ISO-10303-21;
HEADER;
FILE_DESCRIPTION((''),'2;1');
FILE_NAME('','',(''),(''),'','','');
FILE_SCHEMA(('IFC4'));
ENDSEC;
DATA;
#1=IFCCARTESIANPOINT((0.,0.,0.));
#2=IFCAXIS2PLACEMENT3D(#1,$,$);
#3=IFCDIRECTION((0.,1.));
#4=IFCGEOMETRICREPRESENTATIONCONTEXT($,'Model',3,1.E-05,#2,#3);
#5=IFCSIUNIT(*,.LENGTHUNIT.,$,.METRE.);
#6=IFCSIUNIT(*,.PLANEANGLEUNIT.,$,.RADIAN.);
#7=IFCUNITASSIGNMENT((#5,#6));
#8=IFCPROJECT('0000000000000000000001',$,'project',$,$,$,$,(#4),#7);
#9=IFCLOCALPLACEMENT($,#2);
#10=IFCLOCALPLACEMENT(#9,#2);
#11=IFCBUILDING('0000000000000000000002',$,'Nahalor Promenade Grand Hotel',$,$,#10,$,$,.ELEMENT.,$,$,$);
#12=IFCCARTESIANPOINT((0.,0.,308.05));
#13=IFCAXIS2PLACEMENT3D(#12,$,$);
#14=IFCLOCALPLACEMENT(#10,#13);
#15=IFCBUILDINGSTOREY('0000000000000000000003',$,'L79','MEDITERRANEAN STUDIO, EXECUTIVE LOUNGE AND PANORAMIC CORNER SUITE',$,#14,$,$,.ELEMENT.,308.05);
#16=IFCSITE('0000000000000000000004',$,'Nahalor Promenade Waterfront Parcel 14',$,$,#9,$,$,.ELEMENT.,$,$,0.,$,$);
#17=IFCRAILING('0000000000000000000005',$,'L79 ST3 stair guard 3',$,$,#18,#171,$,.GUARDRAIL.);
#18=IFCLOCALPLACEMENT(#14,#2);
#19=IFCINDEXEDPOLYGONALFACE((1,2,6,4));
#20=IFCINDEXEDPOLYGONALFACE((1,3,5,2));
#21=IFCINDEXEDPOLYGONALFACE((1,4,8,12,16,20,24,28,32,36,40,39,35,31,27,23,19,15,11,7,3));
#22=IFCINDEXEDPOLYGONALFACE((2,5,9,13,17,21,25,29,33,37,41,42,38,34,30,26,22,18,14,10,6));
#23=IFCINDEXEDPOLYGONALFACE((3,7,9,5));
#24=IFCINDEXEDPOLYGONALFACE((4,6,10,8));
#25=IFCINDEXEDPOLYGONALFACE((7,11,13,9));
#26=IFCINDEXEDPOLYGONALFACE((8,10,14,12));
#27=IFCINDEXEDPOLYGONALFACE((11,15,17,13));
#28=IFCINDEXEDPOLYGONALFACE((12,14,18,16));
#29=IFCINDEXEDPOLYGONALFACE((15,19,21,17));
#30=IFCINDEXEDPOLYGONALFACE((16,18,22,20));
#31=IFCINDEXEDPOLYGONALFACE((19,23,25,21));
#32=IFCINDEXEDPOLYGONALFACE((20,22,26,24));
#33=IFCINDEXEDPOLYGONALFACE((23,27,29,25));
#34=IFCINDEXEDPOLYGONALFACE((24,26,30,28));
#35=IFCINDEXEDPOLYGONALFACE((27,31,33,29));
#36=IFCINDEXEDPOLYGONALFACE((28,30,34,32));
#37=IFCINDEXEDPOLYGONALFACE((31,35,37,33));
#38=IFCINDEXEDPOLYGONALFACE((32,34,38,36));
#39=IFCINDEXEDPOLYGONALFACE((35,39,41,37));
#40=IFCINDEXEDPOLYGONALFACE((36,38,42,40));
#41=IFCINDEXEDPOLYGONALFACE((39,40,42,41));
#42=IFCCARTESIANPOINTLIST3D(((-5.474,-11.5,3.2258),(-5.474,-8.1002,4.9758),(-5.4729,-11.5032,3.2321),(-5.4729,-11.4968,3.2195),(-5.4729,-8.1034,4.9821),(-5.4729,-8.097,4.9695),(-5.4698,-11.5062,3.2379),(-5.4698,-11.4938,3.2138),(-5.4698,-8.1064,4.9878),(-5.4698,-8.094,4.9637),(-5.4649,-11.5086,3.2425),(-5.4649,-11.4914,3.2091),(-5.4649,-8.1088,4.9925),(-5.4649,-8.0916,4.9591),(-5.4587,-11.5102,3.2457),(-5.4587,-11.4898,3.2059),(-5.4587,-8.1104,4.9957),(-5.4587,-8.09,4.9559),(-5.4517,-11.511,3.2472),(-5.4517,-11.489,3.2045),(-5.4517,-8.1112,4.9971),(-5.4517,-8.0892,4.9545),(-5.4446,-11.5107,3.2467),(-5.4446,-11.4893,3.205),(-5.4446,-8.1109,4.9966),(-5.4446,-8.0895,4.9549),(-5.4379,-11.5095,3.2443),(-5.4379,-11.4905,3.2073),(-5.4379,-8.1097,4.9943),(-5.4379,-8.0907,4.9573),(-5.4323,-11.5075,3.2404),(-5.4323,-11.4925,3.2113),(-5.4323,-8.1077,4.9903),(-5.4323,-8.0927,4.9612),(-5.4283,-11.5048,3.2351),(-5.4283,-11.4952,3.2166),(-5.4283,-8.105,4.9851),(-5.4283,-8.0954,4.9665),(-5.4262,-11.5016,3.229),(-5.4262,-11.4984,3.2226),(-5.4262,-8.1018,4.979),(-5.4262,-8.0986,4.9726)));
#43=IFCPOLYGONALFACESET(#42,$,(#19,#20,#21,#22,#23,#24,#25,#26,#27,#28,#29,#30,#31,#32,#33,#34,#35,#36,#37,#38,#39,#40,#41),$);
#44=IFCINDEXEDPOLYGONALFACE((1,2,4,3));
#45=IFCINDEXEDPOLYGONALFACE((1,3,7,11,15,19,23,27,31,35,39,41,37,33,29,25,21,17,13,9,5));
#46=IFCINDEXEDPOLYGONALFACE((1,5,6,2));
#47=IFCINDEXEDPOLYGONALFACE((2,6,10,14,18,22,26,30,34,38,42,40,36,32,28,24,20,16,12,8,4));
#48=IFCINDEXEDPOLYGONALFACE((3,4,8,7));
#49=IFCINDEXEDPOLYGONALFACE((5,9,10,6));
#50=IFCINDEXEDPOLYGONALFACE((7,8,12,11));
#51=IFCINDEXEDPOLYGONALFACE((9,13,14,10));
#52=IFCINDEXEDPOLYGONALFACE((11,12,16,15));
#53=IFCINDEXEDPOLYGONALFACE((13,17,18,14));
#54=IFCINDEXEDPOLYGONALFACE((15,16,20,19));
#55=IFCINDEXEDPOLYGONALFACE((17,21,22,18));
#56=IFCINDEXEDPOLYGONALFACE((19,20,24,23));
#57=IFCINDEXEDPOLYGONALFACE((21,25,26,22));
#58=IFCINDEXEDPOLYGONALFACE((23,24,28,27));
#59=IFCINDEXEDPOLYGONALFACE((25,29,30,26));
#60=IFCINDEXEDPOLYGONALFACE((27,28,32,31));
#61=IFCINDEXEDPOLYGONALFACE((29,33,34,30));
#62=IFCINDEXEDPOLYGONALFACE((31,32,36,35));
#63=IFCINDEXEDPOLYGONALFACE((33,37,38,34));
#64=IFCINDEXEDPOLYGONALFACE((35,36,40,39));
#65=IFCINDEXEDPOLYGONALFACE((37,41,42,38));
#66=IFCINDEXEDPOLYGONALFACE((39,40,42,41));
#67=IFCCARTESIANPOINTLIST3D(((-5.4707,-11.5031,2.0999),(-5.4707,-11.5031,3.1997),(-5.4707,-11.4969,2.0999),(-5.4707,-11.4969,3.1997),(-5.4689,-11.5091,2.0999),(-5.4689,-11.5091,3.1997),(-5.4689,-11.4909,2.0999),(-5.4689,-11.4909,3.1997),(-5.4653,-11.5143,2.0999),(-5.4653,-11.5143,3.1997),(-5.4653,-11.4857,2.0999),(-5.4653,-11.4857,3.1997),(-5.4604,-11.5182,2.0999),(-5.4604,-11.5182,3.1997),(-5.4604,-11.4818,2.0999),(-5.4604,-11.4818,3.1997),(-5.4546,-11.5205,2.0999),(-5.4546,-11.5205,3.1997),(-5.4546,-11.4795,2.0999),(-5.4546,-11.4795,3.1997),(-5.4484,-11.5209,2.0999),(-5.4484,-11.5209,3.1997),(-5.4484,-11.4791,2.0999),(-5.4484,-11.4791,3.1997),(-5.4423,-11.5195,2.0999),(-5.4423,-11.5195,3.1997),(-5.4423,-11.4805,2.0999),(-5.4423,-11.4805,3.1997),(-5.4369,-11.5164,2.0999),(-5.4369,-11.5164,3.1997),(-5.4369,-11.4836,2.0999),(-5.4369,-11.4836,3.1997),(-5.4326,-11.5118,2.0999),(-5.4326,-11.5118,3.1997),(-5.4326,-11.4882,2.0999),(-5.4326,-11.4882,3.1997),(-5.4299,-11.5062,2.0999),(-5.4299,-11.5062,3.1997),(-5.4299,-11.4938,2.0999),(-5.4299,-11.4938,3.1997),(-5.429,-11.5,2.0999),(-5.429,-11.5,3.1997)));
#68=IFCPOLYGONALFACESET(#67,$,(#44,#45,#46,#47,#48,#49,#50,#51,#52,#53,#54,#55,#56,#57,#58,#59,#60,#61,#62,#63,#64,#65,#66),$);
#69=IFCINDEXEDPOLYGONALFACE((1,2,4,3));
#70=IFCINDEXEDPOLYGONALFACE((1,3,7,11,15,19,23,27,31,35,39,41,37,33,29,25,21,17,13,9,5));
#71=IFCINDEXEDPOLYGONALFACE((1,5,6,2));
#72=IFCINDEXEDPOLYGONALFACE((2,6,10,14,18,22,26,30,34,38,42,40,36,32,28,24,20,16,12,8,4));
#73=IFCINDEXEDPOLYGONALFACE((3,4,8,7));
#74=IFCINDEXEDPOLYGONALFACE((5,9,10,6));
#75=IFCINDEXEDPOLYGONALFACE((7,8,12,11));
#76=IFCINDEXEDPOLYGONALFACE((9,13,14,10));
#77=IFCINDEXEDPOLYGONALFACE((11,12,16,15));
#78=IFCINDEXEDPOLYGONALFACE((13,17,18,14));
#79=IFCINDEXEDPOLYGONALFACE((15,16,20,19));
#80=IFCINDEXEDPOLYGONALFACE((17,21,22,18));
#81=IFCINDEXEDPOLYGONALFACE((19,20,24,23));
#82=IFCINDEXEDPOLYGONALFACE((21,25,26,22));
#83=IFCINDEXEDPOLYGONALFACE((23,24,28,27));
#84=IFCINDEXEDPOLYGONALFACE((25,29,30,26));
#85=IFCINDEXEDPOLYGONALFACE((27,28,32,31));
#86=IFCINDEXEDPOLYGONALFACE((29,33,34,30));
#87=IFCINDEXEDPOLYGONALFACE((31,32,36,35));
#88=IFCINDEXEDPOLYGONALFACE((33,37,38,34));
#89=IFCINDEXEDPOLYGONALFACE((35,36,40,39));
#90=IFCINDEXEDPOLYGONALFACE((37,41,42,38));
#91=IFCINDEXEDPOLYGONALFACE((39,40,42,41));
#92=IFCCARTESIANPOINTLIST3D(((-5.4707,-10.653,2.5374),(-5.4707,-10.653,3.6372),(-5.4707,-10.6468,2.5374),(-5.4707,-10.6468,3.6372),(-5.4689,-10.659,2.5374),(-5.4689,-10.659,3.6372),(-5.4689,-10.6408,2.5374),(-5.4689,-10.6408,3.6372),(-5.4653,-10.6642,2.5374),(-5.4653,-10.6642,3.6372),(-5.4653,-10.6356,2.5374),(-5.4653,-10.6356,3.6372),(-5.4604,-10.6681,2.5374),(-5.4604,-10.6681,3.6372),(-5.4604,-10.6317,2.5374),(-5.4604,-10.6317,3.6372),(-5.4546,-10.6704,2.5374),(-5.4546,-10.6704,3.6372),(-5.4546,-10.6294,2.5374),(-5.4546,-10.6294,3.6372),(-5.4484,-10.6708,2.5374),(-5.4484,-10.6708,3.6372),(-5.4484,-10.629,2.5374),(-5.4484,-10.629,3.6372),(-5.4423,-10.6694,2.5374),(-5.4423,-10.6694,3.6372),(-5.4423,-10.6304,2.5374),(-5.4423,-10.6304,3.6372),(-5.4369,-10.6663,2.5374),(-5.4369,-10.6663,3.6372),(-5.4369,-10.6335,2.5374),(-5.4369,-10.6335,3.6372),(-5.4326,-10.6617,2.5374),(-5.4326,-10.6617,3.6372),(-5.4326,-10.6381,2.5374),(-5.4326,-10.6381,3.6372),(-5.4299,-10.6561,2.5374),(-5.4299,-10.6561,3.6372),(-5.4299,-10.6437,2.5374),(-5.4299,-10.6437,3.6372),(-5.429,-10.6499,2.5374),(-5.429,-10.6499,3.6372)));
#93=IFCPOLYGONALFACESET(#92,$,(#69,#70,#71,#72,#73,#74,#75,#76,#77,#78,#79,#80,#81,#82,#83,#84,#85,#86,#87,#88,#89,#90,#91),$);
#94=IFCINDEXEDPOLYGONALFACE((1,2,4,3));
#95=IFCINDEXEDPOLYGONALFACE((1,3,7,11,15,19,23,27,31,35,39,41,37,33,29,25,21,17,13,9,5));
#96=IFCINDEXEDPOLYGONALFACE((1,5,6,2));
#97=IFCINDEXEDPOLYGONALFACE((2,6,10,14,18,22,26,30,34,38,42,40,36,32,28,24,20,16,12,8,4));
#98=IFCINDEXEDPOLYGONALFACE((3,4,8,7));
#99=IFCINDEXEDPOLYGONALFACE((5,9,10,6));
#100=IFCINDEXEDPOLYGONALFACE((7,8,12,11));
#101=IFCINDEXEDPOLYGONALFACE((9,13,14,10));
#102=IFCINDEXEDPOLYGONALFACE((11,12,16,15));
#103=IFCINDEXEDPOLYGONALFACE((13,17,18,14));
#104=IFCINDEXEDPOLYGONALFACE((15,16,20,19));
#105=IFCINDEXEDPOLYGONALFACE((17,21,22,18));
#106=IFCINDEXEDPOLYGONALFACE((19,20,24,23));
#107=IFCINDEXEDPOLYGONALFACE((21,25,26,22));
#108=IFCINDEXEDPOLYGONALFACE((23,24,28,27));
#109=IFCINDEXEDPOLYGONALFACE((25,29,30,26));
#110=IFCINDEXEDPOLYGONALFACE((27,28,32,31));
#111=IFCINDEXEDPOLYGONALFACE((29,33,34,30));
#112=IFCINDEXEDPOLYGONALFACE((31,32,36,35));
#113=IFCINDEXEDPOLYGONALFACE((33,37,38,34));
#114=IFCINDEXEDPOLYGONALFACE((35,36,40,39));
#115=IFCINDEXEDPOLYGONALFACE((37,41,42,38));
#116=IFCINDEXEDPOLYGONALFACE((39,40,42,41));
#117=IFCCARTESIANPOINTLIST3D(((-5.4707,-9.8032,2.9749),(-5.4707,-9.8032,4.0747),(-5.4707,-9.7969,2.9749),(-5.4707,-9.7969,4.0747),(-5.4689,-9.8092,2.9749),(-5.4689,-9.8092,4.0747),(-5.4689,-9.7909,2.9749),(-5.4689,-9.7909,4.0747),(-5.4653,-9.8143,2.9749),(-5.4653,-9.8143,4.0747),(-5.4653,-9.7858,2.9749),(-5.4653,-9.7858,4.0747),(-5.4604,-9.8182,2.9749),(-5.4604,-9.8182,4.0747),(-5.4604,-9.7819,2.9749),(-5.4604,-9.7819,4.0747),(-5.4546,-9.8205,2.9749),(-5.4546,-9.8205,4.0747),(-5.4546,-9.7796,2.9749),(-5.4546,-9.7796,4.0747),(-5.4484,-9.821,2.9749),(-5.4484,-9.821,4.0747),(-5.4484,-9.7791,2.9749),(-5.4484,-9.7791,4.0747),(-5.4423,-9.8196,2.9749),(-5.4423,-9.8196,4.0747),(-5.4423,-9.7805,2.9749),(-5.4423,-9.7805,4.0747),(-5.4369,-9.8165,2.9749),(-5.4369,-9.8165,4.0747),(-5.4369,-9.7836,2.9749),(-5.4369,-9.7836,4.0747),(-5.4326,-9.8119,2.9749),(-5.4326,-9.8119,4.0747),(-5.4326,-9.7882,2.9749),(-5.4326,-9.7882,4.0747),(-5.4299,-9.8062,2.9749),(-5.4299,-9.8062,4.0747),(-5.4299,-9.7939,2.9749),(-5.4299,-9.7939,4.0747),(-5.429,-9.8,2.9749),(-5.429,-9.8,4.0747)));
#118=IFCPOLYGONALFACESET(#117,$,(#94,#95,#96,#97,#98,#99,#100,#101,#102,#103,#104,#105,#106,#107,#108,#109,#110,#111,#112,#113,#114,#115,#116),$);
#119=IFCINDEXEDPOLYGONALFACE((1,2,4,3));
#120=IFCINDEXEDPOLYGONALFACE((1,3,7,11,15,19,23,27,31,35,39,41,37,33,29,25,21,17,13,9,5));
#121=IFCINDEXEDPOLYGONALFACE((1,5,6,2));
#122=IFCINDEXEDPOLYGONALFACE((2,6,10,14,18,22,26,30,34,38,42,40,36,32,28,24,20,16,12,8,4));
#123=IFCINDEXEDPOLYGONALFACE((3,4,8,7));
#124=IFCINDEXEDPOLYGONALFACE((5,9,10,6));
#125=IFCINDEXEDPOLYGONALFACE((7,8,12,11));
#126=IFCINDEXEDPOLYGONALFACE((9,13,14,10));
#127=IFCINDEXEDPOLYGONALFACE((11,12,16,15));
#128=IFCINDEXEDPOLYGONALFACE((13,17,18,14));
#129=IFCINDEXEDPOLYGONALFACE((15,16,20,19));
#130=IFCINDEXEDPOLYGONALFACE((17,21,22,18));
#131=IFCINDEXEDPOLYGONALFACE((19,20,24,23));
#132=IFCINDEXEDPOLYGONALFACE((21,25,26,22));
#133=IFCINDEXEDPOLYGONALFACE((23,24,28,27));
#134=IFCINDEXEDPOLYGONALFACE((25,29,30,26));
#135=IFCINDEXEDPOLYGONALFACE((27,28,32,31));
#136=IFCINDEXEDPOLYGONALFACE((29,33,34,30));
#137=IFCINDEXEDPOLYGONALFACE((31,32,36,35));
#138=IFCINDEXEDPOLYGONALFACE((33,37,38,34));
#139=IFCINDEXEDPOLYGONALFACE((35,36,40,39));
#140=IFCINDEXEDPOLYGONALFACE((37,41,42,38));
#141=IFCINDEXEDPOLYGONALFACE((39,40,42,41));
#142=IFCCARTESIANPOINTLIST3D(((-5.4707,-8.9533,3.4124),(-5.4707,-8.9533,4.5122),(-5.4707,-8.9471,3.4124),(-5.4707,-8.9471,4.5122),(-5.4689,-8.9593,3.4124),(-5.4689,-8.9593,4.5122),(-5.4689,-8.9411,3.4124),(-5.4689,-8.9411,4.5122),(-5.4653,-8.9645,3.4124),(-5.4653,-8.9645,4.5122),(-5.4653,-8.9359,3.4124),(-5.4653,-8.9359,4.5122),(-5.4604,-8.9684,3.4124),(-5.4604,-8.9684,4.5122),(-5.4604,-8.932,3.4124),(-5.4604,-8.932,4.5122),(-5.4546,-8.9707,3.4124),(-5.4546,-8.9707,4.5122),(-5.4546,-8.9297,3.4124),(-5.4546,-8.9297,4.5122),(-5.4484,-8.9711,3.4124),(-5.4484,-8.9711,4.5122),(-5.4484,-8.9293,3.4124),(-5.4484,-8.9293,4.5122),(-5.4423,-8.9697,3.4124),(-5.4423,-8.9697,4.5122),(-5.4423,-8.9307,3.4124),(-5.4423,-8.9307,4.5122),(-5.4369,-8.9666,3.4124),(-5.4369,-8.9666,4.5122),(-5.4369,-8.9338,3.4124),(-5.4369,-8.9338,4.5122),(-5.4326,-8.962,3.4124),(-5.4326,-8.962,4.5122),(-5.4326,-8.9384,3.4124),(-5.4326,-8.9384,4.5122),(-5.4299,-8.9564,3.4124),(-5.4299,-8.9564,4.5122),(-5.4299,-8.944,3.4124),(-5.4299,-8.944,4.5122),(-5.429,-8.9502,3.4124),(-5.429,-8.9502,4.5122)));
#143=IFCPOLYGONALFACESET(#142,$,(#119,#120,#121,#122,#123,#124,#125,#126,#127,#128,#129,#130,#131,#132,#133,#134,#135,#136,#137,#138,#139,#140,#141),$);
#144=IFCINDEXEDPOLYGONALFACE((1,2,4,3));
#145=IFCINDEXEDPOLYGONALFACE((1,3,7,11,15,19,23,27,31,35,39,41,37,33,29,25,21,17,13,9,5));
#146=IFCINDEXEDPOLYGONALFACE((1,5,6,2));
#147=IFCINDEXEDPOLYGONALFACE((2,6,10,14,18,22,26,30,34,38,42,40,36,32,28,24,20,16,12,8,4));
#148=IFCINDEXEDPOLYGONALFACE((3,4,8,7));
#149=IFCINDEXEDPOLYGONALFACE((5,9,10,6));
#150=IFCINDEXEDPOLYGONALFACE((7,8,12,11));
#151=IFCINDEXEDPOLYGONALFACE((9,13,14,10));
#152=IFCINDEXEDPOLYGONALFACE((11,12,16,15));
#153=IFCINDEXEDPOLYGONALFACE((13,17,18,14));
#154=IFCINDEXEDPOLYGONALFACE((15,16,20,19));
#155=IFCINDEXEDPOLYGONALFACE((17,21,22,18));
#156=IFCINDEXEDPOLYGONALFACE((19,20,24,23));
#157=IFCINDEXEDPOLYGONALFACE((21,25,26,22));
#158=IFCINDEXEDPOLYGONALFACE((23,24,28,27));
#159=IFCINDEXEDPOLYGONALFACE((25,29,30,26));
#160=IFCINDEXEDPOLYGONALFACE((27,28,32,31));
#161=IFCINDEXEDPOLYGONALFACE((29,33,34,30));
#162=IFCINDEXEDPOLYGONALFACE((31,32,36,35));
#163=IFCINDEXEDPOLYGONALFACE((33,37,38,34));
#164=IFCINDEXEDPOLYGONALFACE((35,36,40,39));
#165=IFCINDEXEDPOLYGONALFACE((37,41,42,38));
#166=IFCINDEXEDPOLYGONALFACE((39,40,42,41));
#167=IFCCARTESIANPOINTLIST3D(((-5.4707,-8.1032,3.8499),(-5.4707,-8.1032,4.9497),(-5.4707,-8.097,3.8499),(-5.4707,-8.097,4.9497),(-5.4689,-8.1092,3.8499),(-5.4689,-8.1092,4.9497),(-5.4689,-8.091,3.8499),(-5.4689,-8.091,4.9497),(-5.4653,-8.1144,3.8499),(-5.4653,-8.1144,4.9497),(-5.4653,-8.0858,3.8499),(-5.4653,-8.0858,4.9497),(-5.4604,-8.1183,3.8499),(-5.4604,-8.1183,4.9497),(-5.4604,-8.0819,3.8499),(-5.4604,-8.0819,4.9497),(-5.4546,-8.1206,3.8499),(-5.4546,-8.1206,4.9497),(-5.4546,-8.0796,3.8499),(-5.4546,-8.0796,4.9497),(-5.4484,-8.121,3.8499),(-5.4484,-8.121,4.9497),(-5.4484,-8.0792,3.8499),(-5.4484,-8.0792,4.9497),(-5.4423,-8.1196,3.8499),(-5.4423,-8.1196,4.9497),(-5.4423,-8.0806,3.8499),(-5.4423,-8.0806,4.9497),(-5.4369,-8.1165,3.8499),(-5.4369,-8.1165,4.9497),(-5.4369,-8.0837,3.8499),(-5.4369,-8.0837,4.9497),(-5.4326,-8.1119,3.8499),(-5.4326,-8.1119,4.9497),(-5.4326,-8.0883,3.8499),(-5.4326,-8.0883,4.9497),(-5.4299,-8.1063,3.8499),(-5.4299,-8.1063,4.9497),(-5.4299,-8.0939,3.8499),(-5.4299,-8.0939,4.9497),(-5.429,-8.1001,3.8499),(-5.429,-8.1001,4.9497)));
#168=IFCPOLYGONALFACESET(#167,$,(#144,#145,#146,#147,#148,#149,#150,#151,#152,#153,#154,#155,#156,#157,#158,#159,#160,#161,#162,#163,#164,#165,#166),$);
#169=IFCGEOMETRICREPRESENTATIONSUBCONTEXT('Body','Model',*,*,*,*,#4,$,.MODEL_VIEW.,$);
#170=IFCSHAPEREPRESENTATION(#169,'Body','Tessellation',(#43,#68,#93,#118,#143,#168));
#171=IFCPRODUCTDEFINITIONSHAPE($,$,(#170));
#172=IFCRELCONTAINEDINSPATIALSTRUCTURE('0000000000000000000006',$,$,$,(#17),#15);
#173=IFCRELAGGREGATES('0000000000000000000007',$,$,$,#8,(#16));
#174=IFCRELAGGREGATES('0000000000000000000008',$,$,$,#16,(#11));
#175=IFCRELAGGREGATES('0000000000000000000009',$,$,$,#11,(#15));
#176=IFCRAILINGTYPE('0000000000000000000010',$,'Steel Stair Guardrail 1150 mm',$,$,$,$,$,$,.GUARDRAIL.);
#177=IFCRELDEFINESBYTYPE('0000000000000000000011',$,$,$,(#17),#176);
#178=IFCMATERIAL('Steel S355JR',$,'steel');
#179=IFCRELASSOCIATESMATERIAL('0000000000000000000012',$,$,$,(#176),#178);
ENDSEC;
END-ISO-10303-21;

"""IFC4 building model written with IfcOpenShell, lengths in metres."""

from ifc_helpers import new_model, si_unit, direction, frame, origin, origin_2d, place, context, subcontext, project, spatial, circle, extrude, material, type_object, element, save


model = new_model("IFC4")

# Units and contexts
model_context = context("Model", 3, precision=1e-05, world=origin(), true_north=direction((0.0, 1.0)))
body_context = subcontext(model_context, "Body", "Model", "MODEL_VIEW")
ifc_project = project(units=[si_unit("LENGTHUNIT", "METRE"), si_unit("PLANEANGLEUNIT", "RADIAN")], contexts=[model_context])

# Site, building, storey
site_placement = place(None, origin())
site = spatial("IfcSite", under=ifc_project, at=site_placement, Name="Nahalor Promenade Waterfront Parcel 14", CompositionType="ELEMENT", RefElevation=0.0)
building_placement = place(site_placement, origin())
building = spatial("IfcBuilding", under=site, at=building_placement, Name="Nahalor Promenade Grand Hotel", CompositionType="ELEMENT")
storey_placement = place(building_placement, frame((0.0, 0.0, 308.05)))
storey = spatial("IfcBuildingStorey", under=building, at=storey_placement, Name="L79", Description="MEDITERRANEAN STUDIO, EXECUTIVE LOUNGE AND PANORAMIC CORNER SUITE", CompositionType="ELEMENT", Elevation=308.05)

# Shared definitions
ifc_material_1 = material(Name="Steel S355JR", Category="steel")

# Railing
railing_type_1 = type_object("IfcRailingType", Name="Steel Stair Guardrail 1150 mm", PredefinedType="GUARDRAIL", material=ifc_material_1)
railing_1_placement = place(storey_placement, frame((-5.45, -11.5, 2.0999)))
element("IfcRailing", 1, at=railing_1_placement, inside=storey, type_object=railing_type_1, Name="L79 ST3 stair guard 3", PredefinedType="GUARDRAIL", context=body_context, shape_type="SweptSolid", body=[
    extrude(circle(Radius=0.024, at=origin_2d()), frame((0.0, 0.0, 1.126), z_axis=(0.0, 0.88913, 0.457654), x_axis=(-1.0, 0.0, 0.0)), (0.0, 0.0, 1.0), 3.8237),
    extrude(circle(Radius=0.021, at=origin_2d()), origin(), (0.0, 0.0, 1.0), 1.0999),
    extrude(circle(Radius=0.021, at=origin_2d()), frame((0.0, 0.8501, 0.4375)), (0.0, 0.0, 1.0), 1.0999),
    extrude(circle(Radius=0.021, at=origin_2d()), frame((0.0, 1.7, 0.875)), (0.0, 0.0, 1.0), 1.0999),
    extrude(circle(Radius=0.021, at=origin_2d()), frame((0.0, 2.5498, 1.3125)), (0.0, 0.0, 1.0), 1.0999),
    extrude(circle(Radius=0.021, at=origin_2d()), frame((0.0, 3.3999, 1.75)), (0.0, 0.0, 1.0), 1.0999),
])

save(model, "model.ifc")
